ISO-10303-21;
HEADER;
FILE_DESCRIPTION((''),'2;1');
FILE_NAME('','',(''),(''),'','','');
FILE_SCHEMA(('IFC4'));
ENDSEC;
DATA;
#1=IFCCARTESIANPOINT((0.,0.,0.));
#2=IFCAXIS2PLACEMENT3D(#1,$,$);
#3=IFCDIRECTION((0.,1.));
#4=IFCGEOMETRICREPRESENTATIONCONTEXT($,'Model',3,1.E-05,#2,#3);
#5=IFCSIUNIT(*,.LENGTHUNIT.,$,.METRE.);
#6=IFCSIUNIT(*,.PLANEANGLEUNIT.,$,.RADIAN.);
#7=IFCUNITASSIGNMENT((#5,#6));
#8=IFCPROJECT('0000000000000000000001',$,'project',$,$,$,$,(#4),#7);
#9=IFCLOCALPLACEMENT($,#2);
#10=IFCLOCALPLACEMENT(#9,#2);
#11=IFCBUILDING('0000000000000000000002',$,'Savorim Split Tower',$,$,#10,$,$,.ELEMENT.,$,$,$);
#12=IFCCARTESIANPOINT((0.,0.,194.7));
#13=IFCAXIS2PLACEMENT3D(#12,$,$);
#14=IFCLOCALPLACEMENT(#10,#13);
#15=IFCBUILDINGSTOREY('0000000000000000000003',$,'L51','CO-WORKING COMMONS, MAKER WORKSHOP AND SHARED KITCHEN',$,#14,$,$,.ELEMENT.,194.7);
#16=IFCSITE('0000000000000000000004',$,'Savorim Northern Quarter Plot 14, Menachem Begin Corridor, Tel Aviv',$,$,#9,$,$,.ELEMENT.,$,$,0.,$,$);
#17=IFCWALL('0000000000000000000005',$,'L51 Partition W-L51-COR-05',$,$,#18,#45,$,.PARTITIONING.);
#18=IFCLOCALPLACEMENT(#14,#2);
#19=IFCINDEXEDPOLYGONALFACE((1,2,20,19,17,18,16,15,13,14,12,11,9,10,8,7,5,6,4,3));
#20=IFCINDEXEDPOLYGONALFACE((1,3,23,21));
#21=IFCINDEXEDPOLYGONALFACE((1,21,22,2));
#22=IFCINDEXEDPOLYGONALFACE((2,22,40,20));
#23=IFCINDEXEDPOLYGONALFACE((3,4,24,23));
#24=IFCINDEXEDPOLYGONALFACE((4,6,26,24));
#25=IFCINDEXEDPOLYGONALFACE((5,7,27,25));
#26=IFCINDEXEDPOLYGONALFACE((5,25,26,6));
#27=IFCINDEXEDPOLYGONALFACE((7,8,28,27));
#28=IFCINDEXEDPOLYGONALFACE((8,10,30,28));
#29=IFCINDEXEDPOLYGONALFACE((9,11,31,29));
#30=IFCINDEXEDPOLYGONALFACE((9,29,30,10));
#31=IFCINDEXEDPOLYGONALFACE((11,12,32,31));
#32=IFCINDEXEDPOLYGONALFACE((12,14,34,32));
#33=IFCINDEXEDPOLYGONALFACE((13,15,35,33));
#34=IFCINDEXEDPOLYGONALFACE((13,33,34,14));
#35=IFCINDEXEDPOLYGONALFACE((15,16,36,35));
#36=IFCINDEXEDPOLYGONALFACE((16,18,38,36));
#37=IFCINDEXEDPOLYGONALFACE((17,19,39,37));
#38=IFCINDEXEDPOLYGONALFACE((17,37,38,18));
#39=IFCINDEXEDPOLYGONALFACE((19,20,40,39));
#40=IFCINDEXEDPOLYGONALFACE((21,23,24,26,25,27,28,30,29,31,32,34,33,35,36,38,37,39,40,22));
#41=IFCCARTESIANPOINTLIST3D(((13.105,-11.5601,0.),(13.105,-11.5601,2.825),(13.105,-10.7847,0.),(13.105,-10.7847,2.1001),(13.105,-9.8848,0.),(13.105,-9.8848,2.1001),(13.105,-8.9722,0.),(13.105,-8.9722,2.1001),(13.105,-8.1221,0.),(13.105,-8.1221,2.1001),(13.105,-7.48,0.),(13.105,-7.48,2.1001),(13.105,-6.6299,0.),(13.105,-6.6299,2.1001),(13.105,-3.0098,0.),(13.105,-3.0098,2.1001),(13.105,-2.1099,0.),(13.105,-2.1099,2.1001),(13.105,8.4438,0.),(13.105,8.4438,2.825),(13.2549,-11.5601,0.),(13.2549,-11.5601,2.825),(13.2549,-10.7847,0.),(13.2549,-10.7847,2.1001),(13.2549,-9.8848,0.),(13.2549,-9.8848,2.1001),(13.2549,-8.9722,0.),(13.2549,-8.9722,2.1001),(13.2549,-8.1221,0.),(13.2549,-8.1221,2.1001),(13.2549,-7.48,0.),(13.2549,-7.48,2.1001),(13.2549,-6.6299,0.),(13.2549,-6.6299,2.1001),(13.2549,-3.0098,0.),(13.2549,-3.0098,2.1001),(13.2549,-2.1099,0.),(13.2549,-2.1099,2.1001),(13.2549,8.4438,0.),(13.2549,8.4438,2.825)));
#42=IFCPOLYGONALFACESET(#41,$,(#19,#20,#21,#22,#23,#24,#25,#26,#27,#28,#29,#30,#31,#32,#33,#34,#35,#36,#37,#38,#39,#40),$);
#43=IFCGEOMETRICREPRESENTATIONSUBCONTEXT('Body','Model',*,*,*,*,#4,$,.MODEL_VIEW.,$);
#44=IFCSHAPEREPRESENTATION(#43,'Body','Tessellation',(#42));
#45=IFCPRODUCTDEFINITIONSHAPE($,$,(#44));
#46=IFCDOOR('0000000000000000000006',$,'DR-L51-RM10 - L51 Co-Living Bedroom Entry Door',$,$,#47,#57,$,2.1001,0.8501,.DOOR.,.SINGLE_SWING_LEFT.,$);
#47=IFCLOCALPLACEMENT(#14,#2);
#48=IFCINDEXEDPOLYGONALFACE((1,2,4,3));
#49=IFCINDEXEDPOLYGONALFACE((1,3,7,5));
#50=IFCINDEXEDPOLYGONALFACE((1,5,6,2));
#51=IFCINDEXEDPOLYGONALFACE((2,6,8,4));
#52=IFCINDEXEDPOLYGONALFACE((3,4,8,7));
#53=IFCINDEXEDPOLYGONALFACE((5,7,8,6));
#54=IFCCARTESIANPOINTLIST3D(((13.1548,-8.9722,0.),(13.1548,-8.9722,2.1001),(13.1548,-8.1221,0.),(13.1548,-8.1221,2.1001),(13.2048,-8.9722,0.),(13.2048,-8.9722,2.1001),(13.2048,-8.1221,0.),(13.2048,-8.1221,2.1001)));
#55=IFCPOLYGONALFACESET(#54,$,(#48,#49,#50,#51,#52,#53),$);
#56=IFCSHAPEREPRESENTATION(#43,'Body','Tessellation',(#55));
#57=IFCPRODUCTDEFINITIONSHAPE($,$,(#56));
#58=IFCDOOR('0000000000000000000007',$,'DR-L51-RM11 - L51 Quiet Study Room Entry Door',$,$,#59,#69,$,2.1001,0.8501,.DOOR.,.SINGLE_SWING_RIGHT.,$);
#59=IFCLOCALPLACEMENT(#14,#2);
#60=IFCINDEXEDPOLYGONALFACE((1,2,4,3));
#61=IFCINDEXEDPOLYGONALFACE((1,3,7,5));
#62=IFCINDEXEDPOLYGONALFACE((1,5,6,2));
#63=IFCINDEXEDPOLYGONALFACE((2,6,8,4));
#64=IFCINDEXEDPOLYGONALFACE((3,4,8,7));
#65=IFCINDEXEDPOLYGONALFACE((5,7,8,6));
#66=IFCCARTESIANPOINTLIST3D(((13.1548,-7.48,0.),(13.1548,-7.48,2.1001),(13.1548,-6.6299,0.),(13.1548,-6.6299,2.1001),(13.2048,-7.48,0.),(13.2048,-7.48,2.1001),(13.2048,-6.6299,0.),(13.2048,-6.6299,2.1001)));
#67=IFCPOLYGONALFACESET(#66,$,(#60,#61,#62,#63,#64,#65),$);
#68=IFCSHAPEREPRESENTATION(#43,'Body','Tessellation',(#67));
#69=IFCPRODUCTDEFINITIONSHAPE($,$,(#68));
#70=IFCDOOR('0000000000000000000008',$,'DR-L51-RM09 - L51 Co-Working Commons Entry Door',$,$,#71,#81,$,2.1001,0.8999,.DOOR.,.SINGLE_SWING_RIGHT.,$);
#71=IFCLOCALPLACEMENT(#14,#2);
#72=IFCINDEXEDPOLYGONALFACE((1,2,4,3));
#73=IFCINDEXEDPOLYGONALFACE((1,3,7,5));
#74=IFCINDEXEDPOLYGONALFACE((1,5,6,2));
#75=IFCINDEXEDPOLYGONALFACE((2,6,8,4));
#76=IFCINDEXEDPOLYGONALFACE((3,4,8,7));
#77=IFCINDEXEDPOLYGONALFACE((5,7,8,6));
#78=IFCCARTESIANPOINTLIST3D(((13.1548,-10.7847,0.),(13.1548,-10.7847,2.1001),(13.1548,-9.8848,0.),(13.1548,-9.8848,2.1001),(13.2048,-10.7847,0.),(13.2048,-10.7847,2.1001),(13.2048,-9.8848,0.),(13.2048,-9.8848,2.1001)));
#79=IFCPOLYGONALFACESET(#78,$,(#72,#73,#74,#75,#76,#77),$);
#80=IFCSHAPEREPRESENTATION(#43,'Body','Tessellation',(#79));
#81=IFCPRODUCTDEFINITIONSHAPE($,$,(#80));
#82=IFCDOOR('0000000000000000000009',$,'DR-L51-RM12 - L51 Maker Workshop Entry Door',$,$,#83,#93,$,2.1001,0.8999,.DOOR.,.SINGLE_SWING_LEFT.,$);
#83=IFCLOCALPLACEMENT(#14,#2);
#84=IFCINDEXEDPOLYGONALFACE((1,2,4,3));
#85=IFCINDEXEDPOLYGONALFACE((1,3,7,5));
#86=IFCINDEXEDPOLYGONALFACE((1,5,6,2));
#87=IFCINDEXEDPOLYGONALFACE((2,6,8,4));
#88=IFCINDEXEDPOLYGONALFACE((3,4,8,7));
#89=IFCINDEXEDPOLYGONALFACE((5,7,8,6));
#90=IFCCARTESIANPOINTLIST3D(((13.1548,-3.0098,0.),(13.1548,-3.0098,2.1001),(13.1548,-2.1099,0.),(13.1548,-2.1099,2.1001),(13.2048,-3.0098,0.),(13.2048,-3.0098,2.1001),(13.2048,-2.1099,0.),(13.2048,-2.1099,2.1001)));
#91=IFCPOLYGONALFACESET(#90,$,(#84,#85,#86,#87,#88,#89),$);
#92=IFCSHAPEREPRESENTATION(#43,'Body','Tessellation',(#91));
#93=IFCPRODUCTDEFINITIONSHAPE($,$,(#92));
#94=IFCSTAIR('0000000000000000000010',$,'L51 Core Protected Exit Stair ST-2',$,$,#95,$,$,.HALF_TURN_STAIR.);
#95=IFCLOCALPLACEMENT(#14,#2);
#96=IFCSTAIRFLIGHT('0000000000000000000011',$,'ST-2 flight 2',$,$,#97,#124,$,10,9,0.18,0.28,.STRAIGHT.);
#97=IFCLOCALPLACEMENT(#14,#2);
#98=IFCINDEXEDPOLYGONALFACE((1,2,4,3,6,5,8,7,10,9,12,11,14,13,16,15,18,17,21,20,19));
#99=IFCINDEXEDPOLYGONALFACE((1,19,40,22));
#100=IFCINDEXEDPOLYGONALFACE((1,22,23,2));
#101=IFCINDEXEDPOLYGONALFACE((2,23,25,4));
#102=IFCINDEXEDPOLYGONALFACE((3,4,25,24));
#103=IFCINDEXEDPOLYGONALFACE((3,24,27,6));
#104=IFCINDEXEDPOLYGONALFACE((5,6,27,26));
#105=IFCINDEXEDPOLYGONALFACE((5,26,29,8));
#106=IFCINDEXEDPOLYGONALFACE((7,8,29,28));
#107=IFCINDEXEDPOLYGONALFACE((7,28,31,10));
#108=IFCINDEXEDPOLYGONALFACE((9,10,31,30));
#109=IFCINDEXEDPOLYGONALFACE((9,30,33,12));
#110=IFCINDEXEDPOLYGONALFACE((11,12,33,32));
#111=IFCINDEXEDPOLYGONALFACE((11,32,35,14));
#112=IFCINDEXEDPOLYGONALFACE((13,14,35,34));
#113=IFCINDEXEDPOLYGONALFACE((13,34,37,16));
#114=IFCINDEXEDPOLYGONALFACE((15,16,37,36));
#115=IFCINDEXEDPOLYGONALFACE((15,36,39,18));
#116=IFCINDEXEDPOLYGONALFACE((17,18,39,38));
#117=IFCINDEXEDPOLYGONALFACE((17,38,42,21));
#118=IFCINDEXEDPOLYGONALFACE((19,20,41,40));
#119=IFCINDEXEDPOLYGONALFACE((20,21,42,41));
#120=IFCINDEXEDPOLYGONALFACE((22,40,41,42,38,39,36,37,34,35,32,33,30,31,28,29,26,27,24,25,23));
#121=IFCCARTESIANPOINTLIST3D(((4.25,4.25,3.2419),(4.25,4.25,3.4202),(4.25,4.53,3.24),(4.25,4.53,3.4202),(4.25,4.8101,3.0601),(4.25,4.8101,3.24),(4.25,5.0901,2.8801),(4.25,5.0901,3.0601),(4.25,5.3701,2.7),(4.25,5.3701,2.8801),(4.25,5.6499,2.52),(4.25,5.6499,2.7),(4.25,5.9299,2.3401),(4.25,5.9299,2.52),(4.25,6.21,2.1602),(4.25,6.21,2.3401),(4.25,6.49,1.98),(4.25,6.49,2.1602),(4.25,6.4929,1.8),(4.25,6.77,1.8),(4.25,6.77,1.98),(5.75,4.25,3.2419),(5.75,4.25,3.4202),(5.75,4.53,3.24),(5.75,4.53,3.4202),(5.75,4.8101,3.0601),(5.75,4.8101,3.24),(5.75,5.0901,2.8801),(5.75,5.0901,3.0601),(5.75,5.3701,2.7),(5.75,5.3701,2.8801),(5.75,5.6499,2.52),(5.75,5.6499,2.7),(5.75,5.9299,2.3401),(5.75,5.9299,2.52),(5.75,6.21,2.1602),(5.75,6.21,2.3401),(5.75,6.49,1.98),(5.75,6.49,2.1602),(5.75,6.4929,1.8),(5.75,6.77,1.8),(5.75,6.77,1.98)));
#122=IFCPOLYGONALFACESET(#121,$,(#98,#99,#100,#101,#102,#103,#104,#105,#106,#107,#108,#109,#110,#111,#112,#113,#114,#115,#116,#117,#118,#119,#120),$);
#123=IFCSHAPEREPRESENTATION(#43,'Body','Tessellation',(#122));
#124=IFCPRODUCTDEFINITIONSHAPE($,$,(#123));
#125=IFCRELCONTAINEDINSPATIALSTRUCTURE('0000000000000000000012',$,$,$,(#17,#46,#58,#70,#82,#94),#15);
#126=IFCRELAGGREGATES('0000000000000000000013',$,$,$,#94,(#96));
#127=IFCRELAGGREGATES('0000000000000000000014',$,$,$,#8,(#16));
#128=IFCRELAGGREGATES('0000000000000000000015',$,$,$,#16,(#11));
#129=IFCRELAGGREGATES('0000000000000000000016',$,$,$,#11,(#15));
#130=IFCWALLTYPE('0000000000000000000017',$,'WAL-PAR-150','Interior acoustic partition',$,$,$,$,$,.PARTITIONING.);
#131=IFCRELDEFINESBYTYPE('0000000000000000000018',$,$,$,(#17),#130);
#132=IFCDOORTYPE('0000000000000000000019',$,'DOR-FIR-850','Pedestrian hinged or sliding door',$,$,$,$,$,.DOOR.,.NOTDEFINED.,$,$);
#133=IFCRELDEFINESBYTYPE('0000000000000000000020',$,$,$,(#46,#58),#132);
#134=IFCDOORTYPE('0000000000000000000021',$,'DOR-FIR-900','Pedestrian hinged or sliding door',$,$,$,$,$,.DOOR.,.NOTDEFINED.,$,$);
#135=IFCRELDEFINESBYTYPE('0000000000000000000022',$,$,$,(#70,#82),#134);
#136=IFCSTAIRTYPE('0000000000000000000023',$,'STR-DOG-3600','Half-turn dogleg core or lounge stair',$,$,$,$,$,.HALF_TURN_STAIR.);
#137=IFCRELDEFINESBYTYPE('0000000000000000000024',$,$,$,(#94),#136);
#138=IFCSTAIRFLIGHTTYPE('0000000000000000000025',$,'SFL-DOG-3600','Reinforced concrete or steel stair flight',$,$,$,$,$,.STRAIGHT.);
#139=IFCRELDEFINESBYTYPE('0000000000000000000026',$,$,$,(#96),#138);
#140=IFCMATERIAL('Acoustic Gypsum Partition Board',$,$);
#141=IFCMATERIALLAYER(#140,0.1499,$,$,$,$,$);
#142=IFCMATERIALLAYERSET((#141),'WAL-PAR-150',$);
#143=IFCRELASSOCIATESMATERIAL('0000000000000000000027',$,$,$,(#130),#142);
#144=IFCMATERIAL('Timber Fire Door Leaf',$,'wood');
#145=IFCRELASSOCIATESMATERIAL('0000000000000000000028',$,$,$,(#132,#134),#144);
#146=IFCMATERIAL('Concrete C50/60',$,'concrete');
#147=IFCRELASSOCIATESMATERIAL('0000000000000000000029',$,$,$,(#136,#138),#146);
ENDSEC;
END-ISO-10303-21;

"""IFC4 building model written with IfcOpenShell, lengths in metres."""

from ifc_helpers import new_model, si_unit, direction, frame, frame_2d, origin, place, context, subcontext, project, spatial, polyline, rectangle, outline, extrude, material, layer, layer_set, type_object, element, fill, aggregate, save


model = new_model("IFC4")

# Units and contexts
model_context = context("Model", 3, precision=1e-05, world=origin(), true_north=direction((0.0, 1.0)))
body_context = subcontext(model_context, "Body", "Model", "MODEL_VIEW")
ifc_project = project(units=[si_unit("LENGTHUNIT", "METRE"), si_unit("PLANEANGLEUNIT", "RADIAN")], contexts=[model_context])

# Site, building, storey
site_placement = place(None, origin())
site = spatial("IfcSite", under=ifc_project, at=site_placement, Name="Savorim Northern Quarter Plot 14, Menachem Begin Corridor, Tel Aviv", CompositionType="ELEMENT", RefElevation=0.0)
building_placement = place(site_placement, origin())
building = spatial("IfcBuilding", under=site, at=building_placement, Name="Savorim Split Tower", CompositionType="ELEMENT")
storey_placement = place(building_placement, frame((0.0, 0.0, 194.7)))
storey = spatial("IfcBuildingStorey", under=building, at=storey_placement, Name="L51", Description="CO-WORKING COMMONS, MAKER WORKSHOP AND SHARED KITCHEN", CompositionType="ELEMENT", Elevation=194.7)

# Shared definitions
ifc_material_1 = material(Name="Timber Fire Door Leaf", Category="wood")

# Shared definitions
ifc_material_2 = material(Name="Acoustic Gypsum Partition Board")
ifc_layer_1 = layer(ifc_material_2, 0.1499)
ifc_layer_set_1 = layer_set([ifc_layer_1], Name="WAL-PAR-150")
wall_type_1 = type_object("IfcWallType", Name="WAL-PAR-150", Description="Interior acoustic partition", PredefinedType="PARTITIONING", material=ifc_layer_set_1)

# Wall, openings, doors
wall_1_placement = place(storey_placement, frame((13.1799, 8.4438, 0.0), z_axis=(0.0, 0.0, 1.0), x_axis=(0.0, -1.0, 0.0)))
wall_1 = element("IfcWall", 1, at=wall_1_placement, inside=storey, type_object=wall_type_1, Name="L51 Partition W-L51-COR-05", PredefinedType="PARTITIONING", context=body_context, shape_type="SweptSolid", body=[
    extrude(rectangle(XDim=20.0039, YDim=0.1499, at=frame_2d((10.002, 0.0))), origin(), (0.0, 0.0, 1.0), 2.825),
])
opening_1_placement = place(wall_1_placement, frame((18.3286, 0.0, 0.0)))
opening_1 = element("IfcOpeningElement", 2, at=opening_1_placement, cuts=wall_1, PredefinedType="OPENING", context=body_context, shape_type="SweptSolid", body=[
    extrude(rectangle(XDim=0.8999, YDim=2.1001, at=frame_2d((0.45, 1.05))), frame((0.0, 0.085, 0.0), z_axis=(0.0, -1.0, 0.0), x_axis=(1.0, 0.0, 0.0)), (0.0, 0.0, 1.0), 0.1699),
])
opening_2_placement = place(wall_1_placement, frame((16.5659, 0.0, 0.0)))
opening_2 = element("IfcOpeningElement", 3, at=opening_2_placement, cuts=wall_1, PredefinedType="OPENING", context=body_context, shape_type="SweptSolid", body=[
    extrude(rectangle(XDim=0.8501, YDim=2.1001, at=frame_2d((0.425, 1.05))), frame((0.0, 0.085, 0.0), z_axis=(0.0, -1.0, 0.0), x_axis=(1.0, 0.0, 0.0)), (0.0, 0.0, 1.0), 0.1699),
])
opening_3_placement = place(wall_1_placement, frame((15.0737, 0.0, 0.0)))
opening_3 = element("IfcOpeningElement", 4, at=opening_3_placement, cuts=wall_1, PredefinedType="OPENING", context=body_context, shape_type="SweptSolid", body=[
    extrude(rectangle(XDim=0.8501, YDim=2.1001, at=frame_2d((0.425, 1.05))), frame((0.0, 0.085, 0.0), z_axis=(0.0, -1.0, 0.0), x_axis=(1.0, 0.0, 0.0)), (0.0, 0.0, 1.0), 0.1699),
])
opening_4_placement = place(wall_1_placement, frame((10.5537, 0.0, 0.0)))
opening_4 = element("IfcOpeningElement", 5, at=opening_4_placement, cuts=wall_1, PredefinedType="OPENING", context=body_context, shape_type="SweptSolid", body=[
    extrude(rectangle(XDim=0.8999, YDim=2.1001, at=frame_2d((0.45, 1.05))), frame((0.0, 0.085, 0.0), z_axis=(0.0, -1.0, 0.0), x_axis=(1.0, 0.0, 0.0)), (0.0, 0.0, 1.0), 0.1699),
])
door_type_1 = type_object("IfcDoorType", Name="DOR-FIR-850", Description="Pedestrian hinged or sliding door", OperationType="NOTDEFINED", PredefinedType="DOOR", material=ifc_material_1)
door_1_placement = place(opening_2_placement, origin())
door_1 = element("IfcDoor", 6, at=door_1_placement, inside=storey, type_object=door_type_1, Name="DR-L51-RM10 - L51 Co-Living Bedroom Entry Door", OperationType="SINGLE_SWING_LEFT", OverallHeight=2.1001, OverallWidth=0.8501, PredefinedType="DOOR", context=body_context, shape_type="SweptSolid", body=[
    extrude(rectangle(XDim=0.8501, YDim=2.1001, at=frame_2d((0.425, 1.05))), frame((0.0, 0.0249, 0.0), z_axis=(0.0, -1.0, 0.0), x_axis=(1.0, 0.0, 0.0)), (0.0, 0.0, 1.0), 0.05),
])
fill(opening_2, door_1)
door_2_placement = place(opening_3_placement, origin())
door_2 = element("IfcDoor", 7, at=door_2_placement, inside=storey, type_object=door_type_1, Name="DR-L51-RM11 - L51 Quiet Study Room Entry Door", OperationType="SINGLE_SWING_RIGHT", OverallHeight=2.1001, OverallWidth=0.8501, PredefinedType="DOOR", context=body_context, shape_type="SweptSolid", body=[
    extrude(rectangle(XDim=0.8501, YDim=2.1001, at=frame_2d((0.425, 1.05))), frame((0.0, 0.0249, 0.0), z_axis=(0.0, -1.0, 0.0), x_axis=(1.0, 0.0, 0.0)), (0.0, 0.0, 1.0), 0.05),
])
fill(opening_3, door_2)
door_type_2 = type_object("IfcDoorType", Name="DOR-FIR-900", Description="Pedestrian hinged or sliding door", OperationType="NOTDEFINED", PredefinedType="DOOR", material=ifc_material_1)
door_3_placement = place(opening_1_placement, origin())
door_3 = element("IfcDoor", 8, at=door_3_placement, inside=storey, type_object=door_type_2, Name="DR-L51-RM09 - L51 Co-Working Commons Entry Door", OperationType="SINGLE_SWING_RIGHT", OverallHeight=2.1001, OverallWidth=0.8999, PredefinedType="DOOR", context=body_context, shape_type="SweptSolid", body=[
    extrude(rectangle(XDim=0.8999, YDim=2.1001, at=frame_2d((0.45, 1.05))), frame((0.0, 0.0249, 0.0), z_axis=(0.0, -1.0, 0.0), x_axis=(1.0, 0.0, 0.0)), (0.0, 0.0, 1.0), 0.05),
])
fill(opening_1, door_3)
door_4_placement = place(opening_4_placement, origin())
door_4 = element("IfcDoor", 9, at=door_4_placement, inside=storey, type_object=door_type_2, Name="DR-L51-RM12 - L51 Maker Workshop Entry Door", OperationType="SINGLE_SWING_LEFT", OverallHeight=2.1001, OverallWidth=0.8999, PredefinedType="DOOR", context=body_context, shape_type="SweptSolid", body=[
    extrude(rectangle(XDim=0.8999, YDim=2.1001, at=frame_2d((0.45, 1.05))), frame((0.0, 0.0249, 0.0), z_axis=(0.0, -1.0, 0.0), x_axis=(1.0, 0.0, 0.0)), (0.0, 0.0, 1.0), 0.05),
])
fill(opening_4, door_4)

# Stair, stair flight
ifc_material_3 = material(Name="Concrete C50/60", Category="concrete")
stair_type = type_object("IfcStairType", Name="STR-DOG-3600", Description="Half-turn dogleg core or lounge stair", PredefinedType="HALF_TURN_STAIR", material=ifc_material_3)
stair_placement = place(storey_placement, origin())
stair = element("IfcStair", 10, at=stair_placement, inside=storey, type_object=stair_type, Name="L51 Core Protected Exit Stair ST-2", PredefinedType="HALF_TURN_STAIR")
stair_flight_type = type_object("IfcStairFlightType", Name="SFL-DOG-3600", Description="Reinforced concrete or steel stair flight", PredefinedType="STRAIGHT", material=ifc_material_3)
stair_flight_placement = place(storey_placement, frame((5.0, 6.77, 1.8), z_axis=(0.0, 0.0, 1.0), x_axis=(0.0, -1.0, 0.0)))
stair_flight = element("IfcStairFlight", 11, at=stair_flight_placement, type_object=stair_flight_type, Name="ST-2 flight 2", NumberOfRisers=10, NumberOfTreads=9, PredefinedType="STRAIGHT", RiserHeight=0.18, TreadLength=0.28, context=body_context, shape_type="SweptSolid", body=[
    extrude(outline(polyline([(0.0, 0.0), (0.0, 0.1799), (0.28, 0.1799), (0.28, 0.3601), (0.5601, 0.3601), (0.5601, 0.54), (0.8401, 0.54), (0.8401, 0.72), (1.1201, 0.72), (1.1201, 0.8999), (1.3999, 0.8999), (1.3999, 1.0801), (1.6799, 1.0801), (1.6799, 1.26), (1.96, 1.26), (1.96, 1.4399), (2.24, 1.4399), (2.24, 1.6201), (2.52, 1.6201), (2.52, 1.8), (2.52, 1.4419), (0.2771, 0.0), (0.0, 0.0)])), frame((0.0, 0.75, 0.0), z_axis=(0.0, -1.0, 0.0), x_axis=(1.0, 0.0, 0.0)), (0.0, 0.0, 1.0), 1.5),
])
aggregate(stair, [stair_flight])

save(model, "model.ifc")
